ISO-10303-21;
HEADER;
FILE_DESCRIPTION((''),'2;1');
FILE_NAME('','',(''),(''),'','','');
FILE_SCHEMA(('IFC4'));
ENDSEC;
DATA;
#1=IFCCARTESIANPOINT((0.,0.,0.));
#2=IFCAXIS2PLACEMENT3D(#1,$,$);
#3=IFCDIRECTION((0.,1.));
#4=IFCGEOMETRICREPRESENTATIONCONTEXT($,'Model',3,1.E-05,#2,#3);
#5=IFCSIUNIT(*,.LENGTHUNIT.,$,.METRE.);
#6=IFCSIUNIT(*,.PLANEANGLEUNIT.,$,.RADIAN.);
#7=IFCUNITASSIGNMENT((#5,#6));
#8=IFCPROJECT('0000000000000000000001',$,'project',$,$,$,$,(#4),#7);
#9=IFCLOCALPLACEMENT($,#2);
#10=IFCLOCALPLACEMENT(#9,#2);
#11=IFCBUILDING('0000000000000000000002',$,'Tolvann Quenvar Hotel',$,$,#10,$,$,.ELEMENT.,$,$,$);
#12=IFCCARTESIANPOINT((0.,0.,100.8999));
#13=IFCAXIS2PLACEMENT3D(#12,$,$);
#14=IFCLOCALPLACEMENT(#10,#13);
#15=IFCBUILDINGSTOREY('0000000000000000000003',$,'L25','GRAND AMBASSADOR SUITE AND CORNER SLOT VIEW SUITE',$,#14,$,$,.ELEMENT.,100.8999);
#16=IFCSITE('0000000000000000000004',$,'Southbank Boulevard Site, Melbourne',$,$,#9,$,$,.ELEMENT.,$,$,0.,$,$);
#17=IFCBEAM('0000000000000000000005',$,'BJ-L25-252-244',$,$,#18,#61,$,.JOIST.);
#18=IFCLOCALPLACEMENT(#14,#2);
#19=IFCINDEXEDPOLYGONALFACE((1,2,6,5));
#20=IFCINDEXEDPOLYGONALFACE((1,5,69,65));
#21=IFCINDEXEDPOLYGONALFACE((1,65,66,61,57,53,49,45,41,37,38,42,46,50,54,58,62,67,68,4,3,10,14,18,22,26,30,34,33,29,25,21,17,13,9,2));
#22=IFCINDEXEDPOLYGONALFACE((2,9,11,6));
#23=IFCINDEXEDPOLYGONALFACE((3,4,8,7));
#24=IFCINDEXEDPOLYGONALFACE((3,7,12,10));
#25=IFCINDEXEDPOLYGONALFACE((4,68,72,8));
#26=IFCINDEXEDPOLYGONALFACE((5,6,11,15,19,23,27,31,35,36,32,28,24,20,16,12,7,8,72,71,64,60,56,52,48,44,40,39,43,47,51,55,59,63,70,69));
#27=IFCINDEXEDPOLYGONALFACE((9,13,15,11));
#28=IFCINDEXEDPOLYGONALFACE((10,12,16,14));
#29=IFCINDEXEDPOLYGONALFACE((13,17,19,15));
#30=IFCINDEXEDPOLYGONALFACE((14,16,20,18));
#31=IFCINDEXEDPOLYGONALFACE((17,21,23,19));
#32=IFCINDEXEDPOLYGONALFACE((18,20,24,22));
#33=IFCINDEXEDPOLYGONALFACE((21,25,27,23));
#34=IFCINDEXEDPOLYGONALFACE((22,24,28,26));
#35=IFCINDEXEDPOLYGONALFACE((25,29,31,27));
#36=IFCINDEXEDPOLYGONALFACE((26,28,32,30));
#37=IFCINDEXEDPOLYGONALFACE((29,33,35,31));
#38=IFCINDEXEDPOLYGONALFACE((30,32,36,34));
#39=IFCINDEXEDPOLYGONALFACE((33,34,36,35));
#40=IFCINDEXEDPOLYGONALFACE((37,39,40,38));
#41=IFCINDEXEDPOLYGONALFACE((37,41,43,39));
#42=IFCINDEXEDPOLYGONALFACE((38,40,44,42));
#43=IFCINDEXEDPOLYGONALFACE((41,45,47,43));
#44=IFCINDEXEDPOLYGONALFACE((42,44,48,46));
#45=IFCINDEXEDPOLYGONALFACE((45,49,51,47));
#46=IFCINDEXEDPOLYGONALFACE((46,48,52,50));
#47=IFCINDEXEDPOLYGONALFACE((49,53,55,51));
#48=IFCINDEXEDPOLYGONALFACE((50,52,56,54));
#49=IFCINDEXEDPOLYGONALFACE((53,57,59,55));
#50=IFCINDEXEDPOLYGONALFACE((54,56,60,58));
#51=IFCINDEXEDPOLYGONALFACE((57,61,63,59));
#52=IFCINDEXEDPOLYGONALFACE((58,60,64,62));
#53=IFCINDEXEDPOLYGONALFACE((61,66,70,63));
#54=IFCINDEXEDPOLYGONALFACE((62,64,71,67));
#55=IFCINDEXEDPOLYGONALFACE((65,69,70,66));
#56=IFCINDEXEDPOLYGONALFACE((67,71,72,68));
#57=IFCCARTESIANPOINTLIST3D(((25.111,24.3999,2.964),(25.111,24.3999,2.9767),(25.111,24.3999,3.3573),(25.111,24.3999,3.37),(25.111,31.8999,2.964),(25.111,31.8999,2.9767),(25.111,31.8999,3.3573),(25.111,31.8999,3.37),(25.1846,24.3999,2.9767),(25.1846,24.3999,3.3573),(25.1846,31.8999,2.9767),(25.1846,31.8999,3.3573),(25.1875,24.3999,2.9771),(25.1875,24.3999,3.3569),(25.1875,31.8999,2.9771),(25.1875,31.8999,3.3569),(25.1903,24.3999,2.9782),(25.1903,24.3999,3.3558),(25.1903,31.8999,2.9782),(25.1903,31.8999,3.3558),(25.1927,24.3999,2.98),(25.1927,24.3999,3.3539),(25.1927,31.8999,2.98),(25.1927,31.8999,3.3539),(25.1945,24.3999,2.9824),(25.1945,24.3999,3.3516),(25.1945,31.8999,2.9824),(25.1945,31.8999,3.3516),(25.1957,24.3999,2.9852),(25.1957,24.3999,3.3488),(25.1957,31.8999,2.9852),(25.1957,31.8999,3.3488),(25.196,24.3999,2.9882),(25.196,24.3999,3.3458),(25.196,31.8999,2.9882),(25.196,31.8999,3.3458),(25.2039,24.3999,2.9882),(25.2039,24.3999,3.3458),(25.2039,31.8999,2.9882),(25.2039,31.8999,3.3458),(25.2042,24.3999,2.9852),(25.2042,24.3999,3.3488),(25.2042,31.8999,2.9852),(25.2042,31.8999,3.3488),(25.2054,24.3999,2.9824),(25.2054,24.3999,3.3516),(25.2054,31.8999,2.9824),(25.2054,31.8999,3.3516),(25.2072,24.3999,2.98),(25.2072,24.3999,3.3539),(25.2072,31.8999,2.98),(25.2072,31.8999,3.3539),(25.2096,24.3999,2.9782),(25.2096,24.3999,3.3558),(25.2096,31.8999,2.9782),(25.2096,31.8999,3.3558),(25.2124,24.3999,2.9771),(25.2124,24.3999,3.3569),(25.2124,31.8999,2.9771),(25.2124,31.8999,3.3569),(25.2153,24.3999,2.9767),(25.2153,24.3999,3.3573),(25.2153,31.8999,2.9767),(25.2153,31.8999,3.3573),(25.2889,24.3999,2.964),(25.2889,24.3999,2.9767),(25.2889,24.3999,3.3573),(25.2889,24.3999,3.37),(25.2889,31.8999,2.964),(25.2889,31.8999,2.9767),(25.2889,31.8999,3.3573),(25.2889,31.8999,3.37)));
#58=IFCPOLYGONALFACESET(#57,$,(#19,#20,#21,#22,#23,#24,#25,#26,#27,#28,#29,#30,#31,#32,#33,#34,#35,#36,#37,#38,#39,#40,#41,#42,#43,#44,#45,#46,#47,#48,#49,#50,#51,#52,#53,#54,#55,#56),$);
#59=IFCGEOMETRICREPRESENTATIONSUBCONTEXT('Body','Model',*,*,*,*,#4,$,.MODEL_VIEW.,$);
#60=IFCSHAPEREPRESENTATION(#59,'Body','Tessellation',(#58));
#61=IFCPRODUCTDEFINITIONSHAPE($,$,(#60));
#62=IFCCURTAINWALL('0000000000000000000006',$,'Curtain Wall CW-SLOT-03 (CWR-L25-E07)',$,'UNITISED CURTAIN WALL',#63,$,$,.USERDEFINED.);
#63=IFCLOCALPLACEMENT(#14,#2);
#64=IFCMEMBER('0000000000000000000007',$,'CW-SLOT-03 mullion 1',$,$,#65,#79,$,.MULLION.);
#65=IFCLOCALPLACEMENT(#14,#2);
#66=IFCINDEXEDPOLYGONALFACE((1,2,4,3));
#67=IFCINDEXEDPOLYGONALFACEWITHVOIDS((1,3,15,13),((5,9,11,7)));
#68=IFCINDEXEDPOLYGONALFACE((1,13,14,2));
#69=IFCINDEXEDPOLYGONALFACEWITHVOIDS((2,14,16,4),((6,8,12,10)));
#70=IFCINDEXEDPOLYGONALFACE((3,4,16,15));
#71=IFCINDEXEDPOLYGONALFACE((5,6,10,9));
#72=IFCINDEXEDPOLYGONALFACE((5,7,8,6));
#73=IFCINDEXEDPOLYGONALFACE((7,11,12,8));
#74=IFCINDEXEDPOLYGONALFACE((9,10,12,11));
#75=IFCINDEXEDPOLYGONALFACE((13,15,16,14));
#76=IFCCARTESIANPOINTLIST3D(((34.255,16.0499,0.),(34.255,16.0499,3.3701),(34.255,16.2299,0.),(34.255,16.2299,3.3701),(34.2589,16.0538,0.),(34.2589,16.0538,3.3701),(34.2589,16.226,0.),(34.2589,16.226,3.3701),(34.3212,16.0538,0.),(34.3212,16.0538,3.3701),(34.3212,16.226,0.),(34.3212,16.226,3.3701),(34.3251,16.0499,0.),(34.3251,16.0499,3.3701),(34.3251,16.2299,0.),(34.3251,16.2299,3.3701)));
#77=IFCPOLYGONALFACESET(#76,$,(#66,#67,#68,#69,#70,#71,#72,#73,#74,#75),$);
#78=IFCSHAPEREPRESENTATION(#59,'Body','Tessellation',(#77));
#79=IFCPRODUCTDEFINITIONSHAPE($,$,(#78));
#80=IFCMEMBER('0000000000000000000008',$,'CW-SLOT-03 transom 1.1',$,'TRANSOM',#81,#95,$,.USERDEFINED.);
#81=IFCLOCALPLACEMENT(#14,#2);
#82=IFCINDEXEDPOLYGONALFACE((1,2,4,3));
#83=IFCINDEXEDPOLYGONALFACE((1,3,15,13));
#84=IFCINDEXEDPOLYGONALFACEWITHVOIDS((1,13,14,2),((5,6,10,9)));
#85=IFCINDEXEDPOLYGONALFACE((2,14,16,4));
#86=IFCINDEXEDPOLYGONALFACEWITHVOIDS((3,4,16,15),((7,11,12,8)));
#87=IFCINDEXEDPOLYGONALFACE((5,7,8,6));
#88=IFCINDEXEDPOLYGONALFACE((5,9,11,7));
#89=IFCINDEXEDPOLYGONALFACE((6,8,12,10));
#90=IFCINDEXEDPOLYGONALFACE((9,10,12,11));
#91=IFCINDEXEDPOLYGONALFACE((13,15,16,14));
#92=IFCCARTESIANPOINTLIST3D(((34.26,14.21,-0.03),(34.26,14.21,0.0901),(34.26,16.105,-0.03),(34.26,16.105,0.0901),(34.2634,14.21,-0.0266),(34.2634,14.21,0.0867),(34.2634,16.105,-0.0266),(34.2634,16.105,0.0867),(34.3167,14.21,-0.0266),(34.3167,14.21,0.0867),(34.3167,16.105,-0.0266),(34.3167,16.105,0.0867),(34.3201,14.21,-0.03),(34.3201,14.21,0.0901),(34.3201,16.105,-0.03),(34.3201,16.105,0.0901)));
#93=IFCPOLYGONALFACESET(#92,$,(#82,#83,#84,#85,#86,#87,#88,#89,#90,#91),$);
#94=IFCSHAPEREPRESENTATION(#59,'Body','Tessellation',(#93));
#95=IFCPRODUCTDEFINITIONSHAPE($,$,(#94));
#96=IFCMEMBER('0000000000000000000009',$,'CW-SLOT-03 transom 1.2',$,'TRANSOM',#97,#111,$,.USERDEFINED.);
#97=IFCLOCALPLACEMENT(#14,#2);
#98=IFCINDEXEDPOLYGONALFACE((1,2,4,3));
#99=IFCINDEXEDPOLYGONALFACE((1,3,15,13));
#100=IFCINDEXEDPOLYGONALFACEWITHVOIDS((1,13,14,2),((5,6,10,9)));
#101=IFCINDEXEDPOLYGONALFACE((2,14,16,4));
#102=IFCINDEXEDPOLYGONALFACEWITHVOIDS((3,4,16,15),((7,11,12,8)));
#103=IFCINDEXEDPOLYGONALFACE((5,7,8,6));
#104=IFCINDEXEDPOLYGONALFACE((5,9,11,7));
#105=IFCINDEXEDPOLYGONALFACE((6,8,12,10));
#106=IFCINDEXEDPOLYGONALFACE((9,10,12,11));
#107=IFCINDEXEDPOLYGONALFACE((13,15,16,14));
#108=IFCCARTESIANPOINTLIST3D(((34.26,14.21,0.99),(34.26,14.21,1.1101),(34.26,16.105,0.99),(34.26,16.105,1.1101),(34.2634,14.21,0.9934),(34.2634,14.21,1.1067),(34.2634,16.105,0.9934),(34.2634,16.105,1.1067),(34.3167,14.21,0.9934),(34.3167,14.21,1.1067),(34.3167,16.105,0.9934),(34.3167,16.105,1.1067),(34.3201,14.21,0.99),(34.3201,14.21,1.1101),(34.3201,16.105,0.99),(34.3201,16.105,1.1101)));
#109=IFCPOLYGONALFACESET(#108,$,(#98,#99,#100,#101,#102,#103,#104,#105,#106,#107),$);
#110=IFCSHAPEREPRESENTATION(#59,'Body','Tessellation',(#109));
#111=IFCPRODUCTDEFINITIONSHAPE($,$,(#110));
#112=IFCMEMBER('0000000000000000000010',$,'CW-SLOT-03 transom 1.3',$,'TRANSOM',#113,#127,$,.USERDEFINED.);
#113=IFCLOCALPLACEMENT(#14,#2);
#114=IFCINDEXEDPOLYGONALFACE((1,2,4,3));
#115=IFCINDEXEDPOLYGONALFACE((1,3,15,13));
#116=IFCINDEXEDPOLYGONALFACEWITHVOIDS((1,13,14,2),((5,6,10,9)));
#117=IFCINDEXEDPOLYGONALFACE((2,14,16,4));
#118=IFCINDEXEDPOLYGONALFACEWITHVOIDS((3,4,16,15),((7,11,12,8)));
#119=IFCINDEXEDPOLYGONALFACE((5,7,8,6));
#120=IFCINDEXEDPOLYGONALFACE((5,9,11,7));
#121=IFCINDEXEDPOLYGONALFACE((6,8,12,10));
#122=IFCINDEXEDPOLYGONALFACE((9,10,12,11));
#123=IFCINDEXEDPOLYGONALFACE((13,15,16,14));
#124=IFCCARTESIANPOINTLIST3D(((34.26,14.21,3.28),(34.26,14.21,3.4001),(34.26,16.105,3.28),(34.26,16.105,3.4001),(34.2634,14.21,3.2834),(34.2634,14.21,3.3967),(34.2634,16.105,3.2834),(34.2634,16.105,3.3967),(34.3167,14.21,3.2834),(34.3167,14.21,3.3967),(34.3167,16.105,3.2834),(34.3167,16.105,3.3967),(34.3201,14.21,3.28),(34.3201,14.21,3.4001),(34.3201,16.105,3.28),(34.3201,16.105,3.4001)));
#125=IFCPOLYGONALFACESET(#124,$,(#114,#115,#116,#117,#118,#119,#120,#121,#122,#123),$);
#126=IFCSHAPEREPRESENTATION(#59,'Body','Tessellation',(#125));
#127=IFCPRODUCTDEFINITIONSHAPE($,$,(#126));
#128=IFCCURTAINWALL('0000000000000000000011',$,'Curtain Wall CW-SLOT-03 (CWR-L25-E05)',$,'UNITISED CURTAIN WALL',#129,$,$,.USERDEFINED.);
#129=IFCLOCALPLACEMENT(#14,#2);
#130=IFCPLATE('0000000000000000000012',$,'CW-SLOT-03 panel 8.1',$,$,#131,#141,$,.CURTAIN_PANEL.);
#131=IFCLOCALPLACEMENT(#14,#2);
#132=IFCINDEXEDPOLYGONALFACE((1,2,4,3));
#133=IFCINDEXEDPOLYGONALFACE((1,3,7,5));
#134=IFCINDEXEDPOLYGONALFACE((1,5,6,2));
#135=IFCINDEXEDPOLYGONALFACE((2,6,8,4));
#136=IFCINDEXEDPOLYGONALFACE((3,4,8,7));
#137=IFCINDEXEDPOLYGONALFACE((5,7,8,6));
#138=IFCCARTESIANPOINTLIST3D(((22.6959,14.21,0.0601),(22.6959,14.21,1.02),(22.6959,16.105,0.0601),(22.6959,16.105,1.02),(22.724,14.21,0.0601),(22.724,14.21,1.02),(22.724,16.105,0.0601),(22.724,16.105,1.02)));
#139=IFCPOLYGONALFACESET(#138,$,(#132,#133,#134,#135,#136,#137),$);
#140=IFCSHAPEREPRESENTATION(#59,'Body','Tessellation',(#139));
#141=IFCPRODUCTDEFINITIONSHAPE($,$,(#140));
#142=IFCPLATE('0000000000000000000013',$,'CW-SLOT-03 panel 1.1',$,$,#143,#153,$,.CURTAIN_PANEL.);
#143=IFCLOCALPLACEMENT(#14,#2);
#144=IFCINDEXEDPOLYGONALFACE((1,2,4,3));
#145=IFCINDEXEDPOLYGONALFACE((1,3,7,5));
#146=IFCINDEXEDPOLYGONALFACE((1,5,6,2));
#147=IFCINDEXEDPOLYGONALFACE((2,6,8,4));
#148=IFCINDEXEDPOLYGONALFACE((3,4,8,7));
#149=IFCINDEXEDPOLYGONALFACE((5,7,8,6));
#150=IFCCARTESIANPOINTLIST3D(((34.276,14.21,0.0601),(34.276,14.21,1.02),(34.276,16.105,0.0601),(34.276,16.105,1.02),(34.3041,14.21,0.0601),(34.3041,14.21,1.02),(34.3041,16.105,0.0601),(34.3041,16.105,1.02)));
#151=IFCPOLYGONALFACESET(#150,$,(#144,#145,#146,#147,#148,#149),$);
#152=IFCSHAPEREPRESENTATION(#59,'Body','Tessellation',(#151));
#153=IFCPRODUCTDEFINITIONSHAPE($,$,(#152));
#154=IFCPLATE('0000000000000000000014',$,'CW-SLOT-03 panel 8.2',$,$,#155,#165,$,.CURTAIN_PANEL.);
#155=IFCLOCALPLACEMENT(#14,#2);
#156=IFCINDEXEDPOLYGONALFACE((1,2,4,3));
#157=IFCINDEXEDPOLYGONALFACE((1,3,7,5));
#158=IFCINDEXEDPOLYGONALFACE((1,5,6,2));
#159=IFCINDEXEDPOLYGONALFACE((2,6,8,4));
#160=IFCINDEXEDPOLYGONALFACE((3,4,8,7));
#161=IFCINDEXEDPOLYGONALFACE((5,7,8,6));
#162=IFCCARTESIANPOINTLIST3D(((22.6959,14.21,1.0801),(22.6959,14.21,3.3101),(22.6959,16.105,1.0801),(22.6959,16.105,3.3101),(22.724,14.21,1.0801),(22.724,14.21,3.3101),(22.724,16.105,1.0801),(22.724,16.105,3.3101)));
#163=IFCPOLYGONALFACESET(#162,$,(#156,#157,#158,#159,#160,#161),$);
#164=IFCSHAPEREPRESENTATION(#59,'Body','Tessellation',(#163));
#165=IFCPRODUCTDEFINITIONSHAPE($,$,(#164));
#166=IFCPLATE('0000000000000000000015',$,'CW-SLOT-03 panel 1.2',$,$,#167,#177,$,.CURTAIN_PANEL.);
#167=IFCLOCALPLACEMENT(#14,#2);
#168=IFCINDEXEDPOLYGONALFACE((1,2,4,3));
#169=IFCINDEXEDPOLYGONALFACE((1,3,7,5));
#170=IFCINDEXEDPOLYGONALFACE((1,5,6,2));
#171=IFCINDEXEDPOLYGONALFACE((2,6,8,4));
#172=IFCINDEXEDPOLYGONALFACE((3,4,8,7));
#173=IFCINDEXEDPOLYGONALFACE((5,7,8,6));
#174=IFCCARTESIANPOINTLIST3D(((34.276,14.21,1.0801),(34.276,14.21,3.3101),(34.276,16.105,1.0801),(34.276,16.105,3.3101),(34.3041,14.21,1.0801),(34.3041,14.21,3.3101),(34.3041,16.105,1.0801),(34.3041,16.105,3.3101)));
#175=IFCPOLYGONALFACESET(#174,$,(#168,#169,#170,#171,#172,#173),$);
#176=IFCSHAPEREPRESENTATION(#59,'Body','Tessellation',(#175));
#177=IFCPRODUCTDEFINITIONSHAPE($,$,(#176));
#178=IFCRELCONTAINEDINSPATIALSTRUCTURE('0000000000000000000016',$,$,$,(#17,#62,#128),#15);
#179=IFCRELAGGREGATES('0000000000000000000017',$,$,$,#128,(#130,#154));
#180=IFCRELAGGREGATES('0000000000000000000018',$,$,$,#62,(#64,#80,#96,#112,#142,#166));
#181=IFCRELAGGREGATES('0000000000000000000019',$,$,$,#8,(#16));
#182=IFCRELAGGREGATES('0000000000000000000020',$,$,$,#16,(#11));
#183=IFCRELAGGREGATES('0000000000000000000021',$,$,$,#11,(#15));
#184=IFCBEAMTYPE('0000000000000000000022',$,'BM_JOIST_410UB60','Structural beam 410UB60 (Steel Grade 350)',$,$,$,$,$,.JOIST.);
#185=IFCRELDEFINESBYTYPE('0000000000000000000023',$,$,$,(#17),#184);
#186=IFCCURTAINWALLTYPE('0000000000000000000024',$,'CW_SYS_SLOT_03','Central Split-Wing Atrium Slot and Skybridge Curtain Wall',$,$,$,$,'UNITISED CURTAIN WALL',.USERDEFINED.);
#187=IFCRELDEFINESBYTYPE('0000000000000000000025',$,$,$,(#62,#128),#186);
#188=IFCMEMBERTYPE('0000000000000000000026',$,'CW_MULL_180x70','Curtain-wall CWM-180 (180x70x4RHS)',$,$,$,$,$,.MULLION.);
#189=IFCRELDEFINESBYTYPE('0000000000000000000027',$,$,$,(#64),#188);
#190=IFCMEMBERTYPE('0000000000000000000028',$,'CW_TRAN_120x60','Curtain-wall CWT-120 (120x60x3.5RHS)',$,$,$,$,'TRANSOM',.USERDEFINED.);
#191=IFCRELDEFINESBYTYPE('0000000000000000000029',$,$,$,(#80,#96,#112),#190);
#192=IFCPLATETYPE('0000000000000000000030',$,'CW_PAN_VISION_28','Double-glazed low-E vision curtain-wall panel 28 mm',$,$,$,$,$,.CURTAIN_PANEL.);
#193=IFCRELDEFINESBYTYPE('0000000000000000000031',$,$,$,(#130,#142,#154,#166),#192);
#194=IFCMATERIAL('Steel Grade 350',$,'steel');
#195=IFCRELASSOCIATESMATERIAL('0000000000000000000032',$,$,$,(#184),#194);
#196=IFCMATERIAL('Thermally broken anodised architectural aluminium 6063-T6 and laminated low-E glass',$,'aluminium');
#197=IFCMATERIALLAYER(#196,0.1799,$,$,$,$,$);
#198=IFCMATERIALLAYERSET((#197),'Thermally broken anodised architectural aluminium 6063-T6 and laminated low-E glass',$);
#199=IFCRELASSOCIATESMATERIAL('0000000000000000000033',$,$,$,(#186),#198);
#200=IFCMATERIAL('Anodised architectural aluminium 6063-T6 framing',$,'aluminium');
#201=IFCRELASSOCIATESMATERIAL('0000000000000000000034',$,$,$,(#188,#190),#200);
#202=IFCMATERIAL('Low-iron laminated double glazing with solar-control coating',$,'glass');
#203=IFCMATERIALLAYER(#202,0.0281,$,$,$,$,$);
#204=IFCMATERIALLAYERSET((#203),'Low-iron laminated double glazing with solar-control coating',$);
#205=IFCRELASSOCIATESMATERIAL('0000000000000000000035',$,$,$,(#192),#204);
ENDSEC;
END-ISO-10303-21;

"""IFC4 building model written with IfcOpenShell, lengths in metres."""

from ifc_helpers import new_model, si_unit, direction, frame, origin, origin_2d, place, context, subcontext, project, spatial, rectangle, hollow_rectangle, i_section, extrude, source, transform, mapped, material, layer, layer_set, material_profile, profile_set, type_object, type_shapes, element, aggregate, save


model = new_model("IFC4")

# Units and contexts
model_context = context("Model", 3, precision=1e-05, world=origin(), true_north=direction((0.0, 1.0)))
body_context = subcontext(model_context, "Body", "Model", "MODEL_VIEW")
ifc_project = project(units=[si_unit("LENGTHUNIT", "METRE"), si_unit("PLANEANGLEUNIT", "RADIAN")], contexts=[model_context])

# Site, building, storey
site_placement = place(None, origin())
site = spatial("IfcSite", under=ifc_project, at=site_placement, Name="Southbank Boulevard Site, Melbourne", CompositionType="ELEMENT", RefElevation=0.0)
building_placement = place(site_placement, origin())
building = spatial("IfcBuilding", under=site, at=building_placement, Name="Tolvann Quenvar Hotel", CompositionType="ELEMENT")
storey_placement = place(building_placement, frame((0.0, 0.0, 100.8999)))
storey = spatial("IfcBuildingStorey", under=building, at=storey_placement, Name="L25", Description="GRAND AMBASSADOR SUITE AND CORNER SLOT VIEW SUITE", CompositionType="ELEMENT", Elevation=100.8999)

# Shared definitions
ifc_material_1 = material(Name="Steel Grade 350", Category="steel")

# Beam
ifc_material_profile_1 = material_profile(ifc_material_1, i_section(OverallWidth=0.178, OverallDepth=0.406, WebThickness=0.0078, FlangeThickness=0.0127, FilletRadius=0.0115, at=origin_2d()), Name="410UB60")
ifc_profile_set_1 = profile_set([ifc_material_profile_1], Name="Steel Grade 350")
beam_type_1 = type_object("IfcBeamType", Name="BM_JOIST_410UB60", Description="Structural beam 410UB60 (Steel Grade 350)", PredefinedType="JOIST", material=ifc_profile_set_1)
shared_shape_1 = source(origin(), body_context, "Body", "SweptSolid", [
    extrude(i_section(OverallWidth=0.178, OverallDepth=0.406, WebThickness=0.0078, FlangeThickness=0.0127, FilletRadius=0.0115, at=origin_2d()), origin(), (0.0, 0.0, 1.0), 7.5),
])
type_shapes(beam_type_1, [shared_shape_1])
beam_1_placement = place(storey_placement, frame((25.2, 24.3999, 3.167), z_axis=(0.0, 1.0, 0.0), x_axis=(-1.0, 0.0, 0.0)))
element("IfcBeam", 1, at=beam_1_placement, inside=storey, type_object=beam_type_1, Name="BJ-L25-252-244", PredefinedType="JOIST", context=body_context, shape_type="MappedRepresentation", body=[
    mapped(shared_shape_1, transform((0.0, 0.0, 0.0), x_axis=(1.0, 0.0, 0.0), y_axis=(0.0, 1.0, 0.0), z_axis=(0.0, 0.0, 1.0), scale=1.0)),
])

# Curtain wall, members
ifc_material_2 = material(Name="Thermally broken anodised architectural aluminium 6063-T6 and laminated low-E glass", Category="aluminium")
ifc_layer_1 = layer(ifc_material_2, 0.1799)
ifc_layer_set_1 = layer_set([ifc_layer_1], Name="Thermally broken anodised architectural aluminium 6063-T6 and laminated low-E glass")
curtain_wall_type = type_object("IfcCurtainWallType", Name="CW_SYS_SLOT_03", Description="Central Split-Wing Atrium Slot and Skybridge Curtain Wall", ElementType="UNITISED CURTAIN WALL", PredefinedType="USERDEFINED", material=ifc_layer_set_1)
curtain_wall_1_placement = place(storey_placement, origin())
curtain_wall_1 = element("IfcCurtainWall", 2, at=curtain_wall_1_placement, inside=storey, type_object=curtain_wall_type, Name="Curtain Wall CW-SLOT-03 (CWR-L25-E07)", ObjectType="UNITISED CURTAIN WALL", PredefinedType="USERDEFINED")
ifc_material_3 = material(Name="Anodised architectural aluminium 6063-T6 framing", Category="aluminium")
ifc_material_profile_2 = material_profile(ifc_material_3, hollow_rectangle(XDim=0.0701, YDim=0.1799, WallThickness=0.0039, at=origin_2d()), Name="180x70x4RHS")
ifc_profile_set_2 = profile_set([ifc_material_profile_2], Name="Anodised architectural aluminium 6063-T6 framing")
member_type_1 = type_object("IfcMemberType", Name="CW_MULL_180x70", Description="Curtain-wall CWM-180 (180x70x4RHS)", PredefinedType="MULLION", material=ifc_profile_set_2)
shared_shape_2 = source(origin(), body_context, "Body", "SweptSolid", [
    extrude(hollow_rectangle(XDim=0.0701, YDim=0.1799, WallThickness=0.0039, at=origin_2d()), origin(), (0.0, 0.0, 1.0), 3.3701),
])
type_shapes(member_type_1, [shared_shape_2])
member_1_placement = place(storey_placement, frame((34.29, 16.1399, 0.0), z_axis=(0.0, 0.0, 1.0), x_axis=(1.0, 0.0, 0.0)))
member_1 = element("IfcMember", 3, at=member_1_placement, type_object=member_type_1, Name="CW-SLOT-03 mullion 1", PredefinedType="MULLION", context=body_context, shape_type="MappedRepresentation", body=[
    mapped(shared_shape_2, transform((0.0, 0.0, 0.0), x_axis=(1.0, 0.0, 0.0), y_axis=(0.0, 1.0, 0.0), z_axis=(0.0, 0.0, 1.0), scale=1.0)),
])
ifc_material_profile_3 = material_profile(ifc_material_3, hollow_rectangle(XDim=0.0601, YDim=0.1201, WallThickness=0.0034, at=origin_2d()), Name="120x60x3.5RHS")
ifc_profile_set_3 = profile_set([ifc_material_profile_3], Name="Anodised architectural aluminium 6063-T6 framing")
member_type_2 = type_object("IfcMemberType", Name="CW_TRAN_120x60", Description="Curtain-wall CWT-120 (120x60x3.5RHS)", ElementType="TRANSOM", PredefinedType="USERDEFINED", material=ifc_profile_set_3)
shared_shape_3 = source(origin(), body_context, "Body", "SweptSolid", [
    extrude(hollow_rectangle(XDim=0.0601, YDim=0.1201, WallThickness=0.0034, at=origin_2d()), origin(), (0.0, 0.0, 1.0), 1.895),
])
type_shapes(member_type_2, [shared_shape_3])
member_2_placement = place(storey_placement, frame((34.29, 16.105, 0.03), z_axis=(0.0, -1.0, 0.0), x_axis=(1.0, 0.0, 0.0)))
member_2 = element("IfcMember", 4, at=member_2_placement, type_object=member_type_2, Name="CW-SLOT-03 transom 1.1", ObjectType="TRANSOM", PredefinedType="USERDEFINED", context=body_context, shape_type="MappedRepresentation", body=[
    mapped(shared_shape_3, transform((0.0, 0.0, 0.0), x_axis=(1.0, 0.0, 0.0), y_axis=(0.0, 1.0, 0.0), z_axis=(0.0, 0.0, 1.0), scale=1.0)),
])
member_3_placement = place(storey_placement, frame((34.29, 16.105, 1.05), z_axis=(0.0, -1.0, 0.0), x_axis=(1.0, 0.0, 0.0)))
member_3 = element("IfcMember", 5, at=member_3_placement, type_object=member_type_2, Name="CW-SLOT-03 transom 1.2", ObjectType="TRANSOM", PredefinedType="USERDEFINED", context=body_context, shape_type="MappedRepresentation", body=[
    mapped(shared_shape_3, transform((0.0, 0.0, 0.0), x_axis=(1.0, 0.0, 0.0), y_axis=(0.0, 1.0, 0.0), z_axis=(0.0, 0.0, 1.0), scale=1.0)),
])
member_4_placement = place(storey_placement, frame((34.29, 16.105, 3.3401), z_axis=(0.0, -1.0, 0.0), x_axis=(1.0, 0.0, 0.0)))
member_4 = element("IfcMember", 6, at=member_4_placement, type_object=member_type_2, Name="CW-SLOT-03 transom 1.3", ObjectType="TRANSOM", PredefinedType="USERDEFINED", context=body_context, shape_type="MappedRepresentation", body=[
    mapped(shared_shape_3, transform((0.0, 0.0, 0.0), x_axis=(1.0, 0.0, 0.0), y_axis=(0.0, 1.0, 0.0), z_axis=(0.0, 0.0, 1.0), scale=1.0)),
])

# Curtain wall, plate
curtain_wall_2_placement = place(storey_placement, origin())
curtain_wall_2 = element("IfcCurtainWall", 7, at=curtain_wall_2_placement, inside=storey, type_object=curtain_wall_type, Name="Curtain Wall CW-SLOT-03 (CWR-L25-E05)", ObjectType="UNITISED CURTAIN WALL", PredefinedType="USERDEFINED")
ifc_material_4 = material(Name="Low-iron laminated double glazing with solar-control coating", Category="glass")
ifc_layer_2 = layer(ifc_material_4, 0.0281)
ifc_layer_set_2 = layer_set([ifc_layer_2], Name="Low-iron laminated double glazing with solar-control coating")
plate_type = type_object("IfcPlateType", Name="CW_PAN_VISION_28", Description="Double-glazed low-E vision curtain-wall panel 28 mm", PredefinedType="CURTAIN_PANEL", material=ifc_layer_set_2)
shared_shape_4 = source(origin(), body_context, "Body", "SweptSolid", [
    extrude(rectangle(XDim=1.895, YDim=0.0281, at=origin_2d()), origin(), (0.0, 0.0, 1.0), 0.96),
])
plate_1_placement = place(storey_placement, frame((22.71, 15.1575, 0.0601), z_axis=(0.0, 0.0, 1.0), x_axis=(0.0, 1.0, 0.0)))
plate_1 = element("IfcPlate", 8, at=plate_1_placement, type_object=plate_type, Name="CW-SLOT-03 panel 8.1", PredefinedType="CURTAIN_PANEL", context=body_context, shape_type="MappedRepresentation", body=[
    mapped(shared_shape_4, transform((0.0, 0.0, 0.0), x_axis=(1.0, 0.0, 0.0), y_axis=(0.0, 1.0, 0.0), z_axis=(0.0, 0.0, 1.0), scale=1.0)),
])

# Plates
plate_2_placement = place(storey_placement, frame((34.29, 15.1575, 0.0601), z_axis=(0.0, 0.0, 1.0), x_axis=(0.0, -1.0, 0.0)))
plate_2 = element("IfcPlate", 9, at=plate_2_placement, type_object=plate_type, Name="CW-SLOT-03 panel 1.1", PredefinedType="CURTAIN_PANEL", context=body_context, shape_type="MappedRepresentation", body=[
    mapped(shared_shape_4, transform((0.0, 0.0, 0.0), x_axis=(1.0, 0.0, 0.0), y_axis=(0.0, 1.0, 0.0), z_axis=(0.0, 0.0, 1.0), scale=1.0)),
])
shared_shape_5 = source(origin(), body_context, "Body", "SweptSolid", [
    extrude(rectangle(XDim=1.895, YDim=0.0281, at=origin_2d()), origin(), (0.0, 0.0, 1.0), 2.23),
])
type_shapes(plate_type, [shared_shape_4, shared_shape_5])
plate_3_placement = place(storey_placement, frame((22.71, 15.1575, 1.0801), z_axis=(0.0, 0.0, 1.0), x_axis=(0.0, 1.0, 0.0)))
plate_3 = element("IfcPlate", 10, at=plate_3_placement, type_object=plate_type, Name="CW-SLOT-03 panel 8.2", PredefinedType="CURTAIN_PANEL", context=body_context, shape_type="MappedRepresentation", body=[
    mapped(shared_shape_5, transform((0.0, 0.0, 0.0), x_axis=(1.0, 0.0, 0.0), y_axis=(0.0, 1.0, 0.0), z_axis=(0.0, 0.0, 1.0), scale=1.0)),
])
aggregate(curtain_wall_2, [plate_1, plate_3])
plate_4_placement = place(storey_placement, frame((34.29, 15.1575, 1.0801), z_axis=(0.0, 0.0, 1.0), x_axis=(0.0, -1.0, 0.0)))
plate_4 = element("IfcPlate", 11, at=plate_4_placement, type_object=plate_type, Name="CW-SLOT-03 panel 1.2", PredefinedType="CURTAIN_PANEL", context=body_context, shape_type="MappedRepresentation", body=[
    mapped(shared_shape_5, transform((0.0, 0.0, 0.0), x_axis=(1.0, 0.0, 0.0), y_axis=(0.0, 1.0, 0.0), z_axis=(0.0, 0.0, 1.0), scale=1.0)),
])
aggregate(curtain_wall_1, [member_1, member_2, member_3, member_4, plate_2, plate_4])

save(model, "model.ifc")
